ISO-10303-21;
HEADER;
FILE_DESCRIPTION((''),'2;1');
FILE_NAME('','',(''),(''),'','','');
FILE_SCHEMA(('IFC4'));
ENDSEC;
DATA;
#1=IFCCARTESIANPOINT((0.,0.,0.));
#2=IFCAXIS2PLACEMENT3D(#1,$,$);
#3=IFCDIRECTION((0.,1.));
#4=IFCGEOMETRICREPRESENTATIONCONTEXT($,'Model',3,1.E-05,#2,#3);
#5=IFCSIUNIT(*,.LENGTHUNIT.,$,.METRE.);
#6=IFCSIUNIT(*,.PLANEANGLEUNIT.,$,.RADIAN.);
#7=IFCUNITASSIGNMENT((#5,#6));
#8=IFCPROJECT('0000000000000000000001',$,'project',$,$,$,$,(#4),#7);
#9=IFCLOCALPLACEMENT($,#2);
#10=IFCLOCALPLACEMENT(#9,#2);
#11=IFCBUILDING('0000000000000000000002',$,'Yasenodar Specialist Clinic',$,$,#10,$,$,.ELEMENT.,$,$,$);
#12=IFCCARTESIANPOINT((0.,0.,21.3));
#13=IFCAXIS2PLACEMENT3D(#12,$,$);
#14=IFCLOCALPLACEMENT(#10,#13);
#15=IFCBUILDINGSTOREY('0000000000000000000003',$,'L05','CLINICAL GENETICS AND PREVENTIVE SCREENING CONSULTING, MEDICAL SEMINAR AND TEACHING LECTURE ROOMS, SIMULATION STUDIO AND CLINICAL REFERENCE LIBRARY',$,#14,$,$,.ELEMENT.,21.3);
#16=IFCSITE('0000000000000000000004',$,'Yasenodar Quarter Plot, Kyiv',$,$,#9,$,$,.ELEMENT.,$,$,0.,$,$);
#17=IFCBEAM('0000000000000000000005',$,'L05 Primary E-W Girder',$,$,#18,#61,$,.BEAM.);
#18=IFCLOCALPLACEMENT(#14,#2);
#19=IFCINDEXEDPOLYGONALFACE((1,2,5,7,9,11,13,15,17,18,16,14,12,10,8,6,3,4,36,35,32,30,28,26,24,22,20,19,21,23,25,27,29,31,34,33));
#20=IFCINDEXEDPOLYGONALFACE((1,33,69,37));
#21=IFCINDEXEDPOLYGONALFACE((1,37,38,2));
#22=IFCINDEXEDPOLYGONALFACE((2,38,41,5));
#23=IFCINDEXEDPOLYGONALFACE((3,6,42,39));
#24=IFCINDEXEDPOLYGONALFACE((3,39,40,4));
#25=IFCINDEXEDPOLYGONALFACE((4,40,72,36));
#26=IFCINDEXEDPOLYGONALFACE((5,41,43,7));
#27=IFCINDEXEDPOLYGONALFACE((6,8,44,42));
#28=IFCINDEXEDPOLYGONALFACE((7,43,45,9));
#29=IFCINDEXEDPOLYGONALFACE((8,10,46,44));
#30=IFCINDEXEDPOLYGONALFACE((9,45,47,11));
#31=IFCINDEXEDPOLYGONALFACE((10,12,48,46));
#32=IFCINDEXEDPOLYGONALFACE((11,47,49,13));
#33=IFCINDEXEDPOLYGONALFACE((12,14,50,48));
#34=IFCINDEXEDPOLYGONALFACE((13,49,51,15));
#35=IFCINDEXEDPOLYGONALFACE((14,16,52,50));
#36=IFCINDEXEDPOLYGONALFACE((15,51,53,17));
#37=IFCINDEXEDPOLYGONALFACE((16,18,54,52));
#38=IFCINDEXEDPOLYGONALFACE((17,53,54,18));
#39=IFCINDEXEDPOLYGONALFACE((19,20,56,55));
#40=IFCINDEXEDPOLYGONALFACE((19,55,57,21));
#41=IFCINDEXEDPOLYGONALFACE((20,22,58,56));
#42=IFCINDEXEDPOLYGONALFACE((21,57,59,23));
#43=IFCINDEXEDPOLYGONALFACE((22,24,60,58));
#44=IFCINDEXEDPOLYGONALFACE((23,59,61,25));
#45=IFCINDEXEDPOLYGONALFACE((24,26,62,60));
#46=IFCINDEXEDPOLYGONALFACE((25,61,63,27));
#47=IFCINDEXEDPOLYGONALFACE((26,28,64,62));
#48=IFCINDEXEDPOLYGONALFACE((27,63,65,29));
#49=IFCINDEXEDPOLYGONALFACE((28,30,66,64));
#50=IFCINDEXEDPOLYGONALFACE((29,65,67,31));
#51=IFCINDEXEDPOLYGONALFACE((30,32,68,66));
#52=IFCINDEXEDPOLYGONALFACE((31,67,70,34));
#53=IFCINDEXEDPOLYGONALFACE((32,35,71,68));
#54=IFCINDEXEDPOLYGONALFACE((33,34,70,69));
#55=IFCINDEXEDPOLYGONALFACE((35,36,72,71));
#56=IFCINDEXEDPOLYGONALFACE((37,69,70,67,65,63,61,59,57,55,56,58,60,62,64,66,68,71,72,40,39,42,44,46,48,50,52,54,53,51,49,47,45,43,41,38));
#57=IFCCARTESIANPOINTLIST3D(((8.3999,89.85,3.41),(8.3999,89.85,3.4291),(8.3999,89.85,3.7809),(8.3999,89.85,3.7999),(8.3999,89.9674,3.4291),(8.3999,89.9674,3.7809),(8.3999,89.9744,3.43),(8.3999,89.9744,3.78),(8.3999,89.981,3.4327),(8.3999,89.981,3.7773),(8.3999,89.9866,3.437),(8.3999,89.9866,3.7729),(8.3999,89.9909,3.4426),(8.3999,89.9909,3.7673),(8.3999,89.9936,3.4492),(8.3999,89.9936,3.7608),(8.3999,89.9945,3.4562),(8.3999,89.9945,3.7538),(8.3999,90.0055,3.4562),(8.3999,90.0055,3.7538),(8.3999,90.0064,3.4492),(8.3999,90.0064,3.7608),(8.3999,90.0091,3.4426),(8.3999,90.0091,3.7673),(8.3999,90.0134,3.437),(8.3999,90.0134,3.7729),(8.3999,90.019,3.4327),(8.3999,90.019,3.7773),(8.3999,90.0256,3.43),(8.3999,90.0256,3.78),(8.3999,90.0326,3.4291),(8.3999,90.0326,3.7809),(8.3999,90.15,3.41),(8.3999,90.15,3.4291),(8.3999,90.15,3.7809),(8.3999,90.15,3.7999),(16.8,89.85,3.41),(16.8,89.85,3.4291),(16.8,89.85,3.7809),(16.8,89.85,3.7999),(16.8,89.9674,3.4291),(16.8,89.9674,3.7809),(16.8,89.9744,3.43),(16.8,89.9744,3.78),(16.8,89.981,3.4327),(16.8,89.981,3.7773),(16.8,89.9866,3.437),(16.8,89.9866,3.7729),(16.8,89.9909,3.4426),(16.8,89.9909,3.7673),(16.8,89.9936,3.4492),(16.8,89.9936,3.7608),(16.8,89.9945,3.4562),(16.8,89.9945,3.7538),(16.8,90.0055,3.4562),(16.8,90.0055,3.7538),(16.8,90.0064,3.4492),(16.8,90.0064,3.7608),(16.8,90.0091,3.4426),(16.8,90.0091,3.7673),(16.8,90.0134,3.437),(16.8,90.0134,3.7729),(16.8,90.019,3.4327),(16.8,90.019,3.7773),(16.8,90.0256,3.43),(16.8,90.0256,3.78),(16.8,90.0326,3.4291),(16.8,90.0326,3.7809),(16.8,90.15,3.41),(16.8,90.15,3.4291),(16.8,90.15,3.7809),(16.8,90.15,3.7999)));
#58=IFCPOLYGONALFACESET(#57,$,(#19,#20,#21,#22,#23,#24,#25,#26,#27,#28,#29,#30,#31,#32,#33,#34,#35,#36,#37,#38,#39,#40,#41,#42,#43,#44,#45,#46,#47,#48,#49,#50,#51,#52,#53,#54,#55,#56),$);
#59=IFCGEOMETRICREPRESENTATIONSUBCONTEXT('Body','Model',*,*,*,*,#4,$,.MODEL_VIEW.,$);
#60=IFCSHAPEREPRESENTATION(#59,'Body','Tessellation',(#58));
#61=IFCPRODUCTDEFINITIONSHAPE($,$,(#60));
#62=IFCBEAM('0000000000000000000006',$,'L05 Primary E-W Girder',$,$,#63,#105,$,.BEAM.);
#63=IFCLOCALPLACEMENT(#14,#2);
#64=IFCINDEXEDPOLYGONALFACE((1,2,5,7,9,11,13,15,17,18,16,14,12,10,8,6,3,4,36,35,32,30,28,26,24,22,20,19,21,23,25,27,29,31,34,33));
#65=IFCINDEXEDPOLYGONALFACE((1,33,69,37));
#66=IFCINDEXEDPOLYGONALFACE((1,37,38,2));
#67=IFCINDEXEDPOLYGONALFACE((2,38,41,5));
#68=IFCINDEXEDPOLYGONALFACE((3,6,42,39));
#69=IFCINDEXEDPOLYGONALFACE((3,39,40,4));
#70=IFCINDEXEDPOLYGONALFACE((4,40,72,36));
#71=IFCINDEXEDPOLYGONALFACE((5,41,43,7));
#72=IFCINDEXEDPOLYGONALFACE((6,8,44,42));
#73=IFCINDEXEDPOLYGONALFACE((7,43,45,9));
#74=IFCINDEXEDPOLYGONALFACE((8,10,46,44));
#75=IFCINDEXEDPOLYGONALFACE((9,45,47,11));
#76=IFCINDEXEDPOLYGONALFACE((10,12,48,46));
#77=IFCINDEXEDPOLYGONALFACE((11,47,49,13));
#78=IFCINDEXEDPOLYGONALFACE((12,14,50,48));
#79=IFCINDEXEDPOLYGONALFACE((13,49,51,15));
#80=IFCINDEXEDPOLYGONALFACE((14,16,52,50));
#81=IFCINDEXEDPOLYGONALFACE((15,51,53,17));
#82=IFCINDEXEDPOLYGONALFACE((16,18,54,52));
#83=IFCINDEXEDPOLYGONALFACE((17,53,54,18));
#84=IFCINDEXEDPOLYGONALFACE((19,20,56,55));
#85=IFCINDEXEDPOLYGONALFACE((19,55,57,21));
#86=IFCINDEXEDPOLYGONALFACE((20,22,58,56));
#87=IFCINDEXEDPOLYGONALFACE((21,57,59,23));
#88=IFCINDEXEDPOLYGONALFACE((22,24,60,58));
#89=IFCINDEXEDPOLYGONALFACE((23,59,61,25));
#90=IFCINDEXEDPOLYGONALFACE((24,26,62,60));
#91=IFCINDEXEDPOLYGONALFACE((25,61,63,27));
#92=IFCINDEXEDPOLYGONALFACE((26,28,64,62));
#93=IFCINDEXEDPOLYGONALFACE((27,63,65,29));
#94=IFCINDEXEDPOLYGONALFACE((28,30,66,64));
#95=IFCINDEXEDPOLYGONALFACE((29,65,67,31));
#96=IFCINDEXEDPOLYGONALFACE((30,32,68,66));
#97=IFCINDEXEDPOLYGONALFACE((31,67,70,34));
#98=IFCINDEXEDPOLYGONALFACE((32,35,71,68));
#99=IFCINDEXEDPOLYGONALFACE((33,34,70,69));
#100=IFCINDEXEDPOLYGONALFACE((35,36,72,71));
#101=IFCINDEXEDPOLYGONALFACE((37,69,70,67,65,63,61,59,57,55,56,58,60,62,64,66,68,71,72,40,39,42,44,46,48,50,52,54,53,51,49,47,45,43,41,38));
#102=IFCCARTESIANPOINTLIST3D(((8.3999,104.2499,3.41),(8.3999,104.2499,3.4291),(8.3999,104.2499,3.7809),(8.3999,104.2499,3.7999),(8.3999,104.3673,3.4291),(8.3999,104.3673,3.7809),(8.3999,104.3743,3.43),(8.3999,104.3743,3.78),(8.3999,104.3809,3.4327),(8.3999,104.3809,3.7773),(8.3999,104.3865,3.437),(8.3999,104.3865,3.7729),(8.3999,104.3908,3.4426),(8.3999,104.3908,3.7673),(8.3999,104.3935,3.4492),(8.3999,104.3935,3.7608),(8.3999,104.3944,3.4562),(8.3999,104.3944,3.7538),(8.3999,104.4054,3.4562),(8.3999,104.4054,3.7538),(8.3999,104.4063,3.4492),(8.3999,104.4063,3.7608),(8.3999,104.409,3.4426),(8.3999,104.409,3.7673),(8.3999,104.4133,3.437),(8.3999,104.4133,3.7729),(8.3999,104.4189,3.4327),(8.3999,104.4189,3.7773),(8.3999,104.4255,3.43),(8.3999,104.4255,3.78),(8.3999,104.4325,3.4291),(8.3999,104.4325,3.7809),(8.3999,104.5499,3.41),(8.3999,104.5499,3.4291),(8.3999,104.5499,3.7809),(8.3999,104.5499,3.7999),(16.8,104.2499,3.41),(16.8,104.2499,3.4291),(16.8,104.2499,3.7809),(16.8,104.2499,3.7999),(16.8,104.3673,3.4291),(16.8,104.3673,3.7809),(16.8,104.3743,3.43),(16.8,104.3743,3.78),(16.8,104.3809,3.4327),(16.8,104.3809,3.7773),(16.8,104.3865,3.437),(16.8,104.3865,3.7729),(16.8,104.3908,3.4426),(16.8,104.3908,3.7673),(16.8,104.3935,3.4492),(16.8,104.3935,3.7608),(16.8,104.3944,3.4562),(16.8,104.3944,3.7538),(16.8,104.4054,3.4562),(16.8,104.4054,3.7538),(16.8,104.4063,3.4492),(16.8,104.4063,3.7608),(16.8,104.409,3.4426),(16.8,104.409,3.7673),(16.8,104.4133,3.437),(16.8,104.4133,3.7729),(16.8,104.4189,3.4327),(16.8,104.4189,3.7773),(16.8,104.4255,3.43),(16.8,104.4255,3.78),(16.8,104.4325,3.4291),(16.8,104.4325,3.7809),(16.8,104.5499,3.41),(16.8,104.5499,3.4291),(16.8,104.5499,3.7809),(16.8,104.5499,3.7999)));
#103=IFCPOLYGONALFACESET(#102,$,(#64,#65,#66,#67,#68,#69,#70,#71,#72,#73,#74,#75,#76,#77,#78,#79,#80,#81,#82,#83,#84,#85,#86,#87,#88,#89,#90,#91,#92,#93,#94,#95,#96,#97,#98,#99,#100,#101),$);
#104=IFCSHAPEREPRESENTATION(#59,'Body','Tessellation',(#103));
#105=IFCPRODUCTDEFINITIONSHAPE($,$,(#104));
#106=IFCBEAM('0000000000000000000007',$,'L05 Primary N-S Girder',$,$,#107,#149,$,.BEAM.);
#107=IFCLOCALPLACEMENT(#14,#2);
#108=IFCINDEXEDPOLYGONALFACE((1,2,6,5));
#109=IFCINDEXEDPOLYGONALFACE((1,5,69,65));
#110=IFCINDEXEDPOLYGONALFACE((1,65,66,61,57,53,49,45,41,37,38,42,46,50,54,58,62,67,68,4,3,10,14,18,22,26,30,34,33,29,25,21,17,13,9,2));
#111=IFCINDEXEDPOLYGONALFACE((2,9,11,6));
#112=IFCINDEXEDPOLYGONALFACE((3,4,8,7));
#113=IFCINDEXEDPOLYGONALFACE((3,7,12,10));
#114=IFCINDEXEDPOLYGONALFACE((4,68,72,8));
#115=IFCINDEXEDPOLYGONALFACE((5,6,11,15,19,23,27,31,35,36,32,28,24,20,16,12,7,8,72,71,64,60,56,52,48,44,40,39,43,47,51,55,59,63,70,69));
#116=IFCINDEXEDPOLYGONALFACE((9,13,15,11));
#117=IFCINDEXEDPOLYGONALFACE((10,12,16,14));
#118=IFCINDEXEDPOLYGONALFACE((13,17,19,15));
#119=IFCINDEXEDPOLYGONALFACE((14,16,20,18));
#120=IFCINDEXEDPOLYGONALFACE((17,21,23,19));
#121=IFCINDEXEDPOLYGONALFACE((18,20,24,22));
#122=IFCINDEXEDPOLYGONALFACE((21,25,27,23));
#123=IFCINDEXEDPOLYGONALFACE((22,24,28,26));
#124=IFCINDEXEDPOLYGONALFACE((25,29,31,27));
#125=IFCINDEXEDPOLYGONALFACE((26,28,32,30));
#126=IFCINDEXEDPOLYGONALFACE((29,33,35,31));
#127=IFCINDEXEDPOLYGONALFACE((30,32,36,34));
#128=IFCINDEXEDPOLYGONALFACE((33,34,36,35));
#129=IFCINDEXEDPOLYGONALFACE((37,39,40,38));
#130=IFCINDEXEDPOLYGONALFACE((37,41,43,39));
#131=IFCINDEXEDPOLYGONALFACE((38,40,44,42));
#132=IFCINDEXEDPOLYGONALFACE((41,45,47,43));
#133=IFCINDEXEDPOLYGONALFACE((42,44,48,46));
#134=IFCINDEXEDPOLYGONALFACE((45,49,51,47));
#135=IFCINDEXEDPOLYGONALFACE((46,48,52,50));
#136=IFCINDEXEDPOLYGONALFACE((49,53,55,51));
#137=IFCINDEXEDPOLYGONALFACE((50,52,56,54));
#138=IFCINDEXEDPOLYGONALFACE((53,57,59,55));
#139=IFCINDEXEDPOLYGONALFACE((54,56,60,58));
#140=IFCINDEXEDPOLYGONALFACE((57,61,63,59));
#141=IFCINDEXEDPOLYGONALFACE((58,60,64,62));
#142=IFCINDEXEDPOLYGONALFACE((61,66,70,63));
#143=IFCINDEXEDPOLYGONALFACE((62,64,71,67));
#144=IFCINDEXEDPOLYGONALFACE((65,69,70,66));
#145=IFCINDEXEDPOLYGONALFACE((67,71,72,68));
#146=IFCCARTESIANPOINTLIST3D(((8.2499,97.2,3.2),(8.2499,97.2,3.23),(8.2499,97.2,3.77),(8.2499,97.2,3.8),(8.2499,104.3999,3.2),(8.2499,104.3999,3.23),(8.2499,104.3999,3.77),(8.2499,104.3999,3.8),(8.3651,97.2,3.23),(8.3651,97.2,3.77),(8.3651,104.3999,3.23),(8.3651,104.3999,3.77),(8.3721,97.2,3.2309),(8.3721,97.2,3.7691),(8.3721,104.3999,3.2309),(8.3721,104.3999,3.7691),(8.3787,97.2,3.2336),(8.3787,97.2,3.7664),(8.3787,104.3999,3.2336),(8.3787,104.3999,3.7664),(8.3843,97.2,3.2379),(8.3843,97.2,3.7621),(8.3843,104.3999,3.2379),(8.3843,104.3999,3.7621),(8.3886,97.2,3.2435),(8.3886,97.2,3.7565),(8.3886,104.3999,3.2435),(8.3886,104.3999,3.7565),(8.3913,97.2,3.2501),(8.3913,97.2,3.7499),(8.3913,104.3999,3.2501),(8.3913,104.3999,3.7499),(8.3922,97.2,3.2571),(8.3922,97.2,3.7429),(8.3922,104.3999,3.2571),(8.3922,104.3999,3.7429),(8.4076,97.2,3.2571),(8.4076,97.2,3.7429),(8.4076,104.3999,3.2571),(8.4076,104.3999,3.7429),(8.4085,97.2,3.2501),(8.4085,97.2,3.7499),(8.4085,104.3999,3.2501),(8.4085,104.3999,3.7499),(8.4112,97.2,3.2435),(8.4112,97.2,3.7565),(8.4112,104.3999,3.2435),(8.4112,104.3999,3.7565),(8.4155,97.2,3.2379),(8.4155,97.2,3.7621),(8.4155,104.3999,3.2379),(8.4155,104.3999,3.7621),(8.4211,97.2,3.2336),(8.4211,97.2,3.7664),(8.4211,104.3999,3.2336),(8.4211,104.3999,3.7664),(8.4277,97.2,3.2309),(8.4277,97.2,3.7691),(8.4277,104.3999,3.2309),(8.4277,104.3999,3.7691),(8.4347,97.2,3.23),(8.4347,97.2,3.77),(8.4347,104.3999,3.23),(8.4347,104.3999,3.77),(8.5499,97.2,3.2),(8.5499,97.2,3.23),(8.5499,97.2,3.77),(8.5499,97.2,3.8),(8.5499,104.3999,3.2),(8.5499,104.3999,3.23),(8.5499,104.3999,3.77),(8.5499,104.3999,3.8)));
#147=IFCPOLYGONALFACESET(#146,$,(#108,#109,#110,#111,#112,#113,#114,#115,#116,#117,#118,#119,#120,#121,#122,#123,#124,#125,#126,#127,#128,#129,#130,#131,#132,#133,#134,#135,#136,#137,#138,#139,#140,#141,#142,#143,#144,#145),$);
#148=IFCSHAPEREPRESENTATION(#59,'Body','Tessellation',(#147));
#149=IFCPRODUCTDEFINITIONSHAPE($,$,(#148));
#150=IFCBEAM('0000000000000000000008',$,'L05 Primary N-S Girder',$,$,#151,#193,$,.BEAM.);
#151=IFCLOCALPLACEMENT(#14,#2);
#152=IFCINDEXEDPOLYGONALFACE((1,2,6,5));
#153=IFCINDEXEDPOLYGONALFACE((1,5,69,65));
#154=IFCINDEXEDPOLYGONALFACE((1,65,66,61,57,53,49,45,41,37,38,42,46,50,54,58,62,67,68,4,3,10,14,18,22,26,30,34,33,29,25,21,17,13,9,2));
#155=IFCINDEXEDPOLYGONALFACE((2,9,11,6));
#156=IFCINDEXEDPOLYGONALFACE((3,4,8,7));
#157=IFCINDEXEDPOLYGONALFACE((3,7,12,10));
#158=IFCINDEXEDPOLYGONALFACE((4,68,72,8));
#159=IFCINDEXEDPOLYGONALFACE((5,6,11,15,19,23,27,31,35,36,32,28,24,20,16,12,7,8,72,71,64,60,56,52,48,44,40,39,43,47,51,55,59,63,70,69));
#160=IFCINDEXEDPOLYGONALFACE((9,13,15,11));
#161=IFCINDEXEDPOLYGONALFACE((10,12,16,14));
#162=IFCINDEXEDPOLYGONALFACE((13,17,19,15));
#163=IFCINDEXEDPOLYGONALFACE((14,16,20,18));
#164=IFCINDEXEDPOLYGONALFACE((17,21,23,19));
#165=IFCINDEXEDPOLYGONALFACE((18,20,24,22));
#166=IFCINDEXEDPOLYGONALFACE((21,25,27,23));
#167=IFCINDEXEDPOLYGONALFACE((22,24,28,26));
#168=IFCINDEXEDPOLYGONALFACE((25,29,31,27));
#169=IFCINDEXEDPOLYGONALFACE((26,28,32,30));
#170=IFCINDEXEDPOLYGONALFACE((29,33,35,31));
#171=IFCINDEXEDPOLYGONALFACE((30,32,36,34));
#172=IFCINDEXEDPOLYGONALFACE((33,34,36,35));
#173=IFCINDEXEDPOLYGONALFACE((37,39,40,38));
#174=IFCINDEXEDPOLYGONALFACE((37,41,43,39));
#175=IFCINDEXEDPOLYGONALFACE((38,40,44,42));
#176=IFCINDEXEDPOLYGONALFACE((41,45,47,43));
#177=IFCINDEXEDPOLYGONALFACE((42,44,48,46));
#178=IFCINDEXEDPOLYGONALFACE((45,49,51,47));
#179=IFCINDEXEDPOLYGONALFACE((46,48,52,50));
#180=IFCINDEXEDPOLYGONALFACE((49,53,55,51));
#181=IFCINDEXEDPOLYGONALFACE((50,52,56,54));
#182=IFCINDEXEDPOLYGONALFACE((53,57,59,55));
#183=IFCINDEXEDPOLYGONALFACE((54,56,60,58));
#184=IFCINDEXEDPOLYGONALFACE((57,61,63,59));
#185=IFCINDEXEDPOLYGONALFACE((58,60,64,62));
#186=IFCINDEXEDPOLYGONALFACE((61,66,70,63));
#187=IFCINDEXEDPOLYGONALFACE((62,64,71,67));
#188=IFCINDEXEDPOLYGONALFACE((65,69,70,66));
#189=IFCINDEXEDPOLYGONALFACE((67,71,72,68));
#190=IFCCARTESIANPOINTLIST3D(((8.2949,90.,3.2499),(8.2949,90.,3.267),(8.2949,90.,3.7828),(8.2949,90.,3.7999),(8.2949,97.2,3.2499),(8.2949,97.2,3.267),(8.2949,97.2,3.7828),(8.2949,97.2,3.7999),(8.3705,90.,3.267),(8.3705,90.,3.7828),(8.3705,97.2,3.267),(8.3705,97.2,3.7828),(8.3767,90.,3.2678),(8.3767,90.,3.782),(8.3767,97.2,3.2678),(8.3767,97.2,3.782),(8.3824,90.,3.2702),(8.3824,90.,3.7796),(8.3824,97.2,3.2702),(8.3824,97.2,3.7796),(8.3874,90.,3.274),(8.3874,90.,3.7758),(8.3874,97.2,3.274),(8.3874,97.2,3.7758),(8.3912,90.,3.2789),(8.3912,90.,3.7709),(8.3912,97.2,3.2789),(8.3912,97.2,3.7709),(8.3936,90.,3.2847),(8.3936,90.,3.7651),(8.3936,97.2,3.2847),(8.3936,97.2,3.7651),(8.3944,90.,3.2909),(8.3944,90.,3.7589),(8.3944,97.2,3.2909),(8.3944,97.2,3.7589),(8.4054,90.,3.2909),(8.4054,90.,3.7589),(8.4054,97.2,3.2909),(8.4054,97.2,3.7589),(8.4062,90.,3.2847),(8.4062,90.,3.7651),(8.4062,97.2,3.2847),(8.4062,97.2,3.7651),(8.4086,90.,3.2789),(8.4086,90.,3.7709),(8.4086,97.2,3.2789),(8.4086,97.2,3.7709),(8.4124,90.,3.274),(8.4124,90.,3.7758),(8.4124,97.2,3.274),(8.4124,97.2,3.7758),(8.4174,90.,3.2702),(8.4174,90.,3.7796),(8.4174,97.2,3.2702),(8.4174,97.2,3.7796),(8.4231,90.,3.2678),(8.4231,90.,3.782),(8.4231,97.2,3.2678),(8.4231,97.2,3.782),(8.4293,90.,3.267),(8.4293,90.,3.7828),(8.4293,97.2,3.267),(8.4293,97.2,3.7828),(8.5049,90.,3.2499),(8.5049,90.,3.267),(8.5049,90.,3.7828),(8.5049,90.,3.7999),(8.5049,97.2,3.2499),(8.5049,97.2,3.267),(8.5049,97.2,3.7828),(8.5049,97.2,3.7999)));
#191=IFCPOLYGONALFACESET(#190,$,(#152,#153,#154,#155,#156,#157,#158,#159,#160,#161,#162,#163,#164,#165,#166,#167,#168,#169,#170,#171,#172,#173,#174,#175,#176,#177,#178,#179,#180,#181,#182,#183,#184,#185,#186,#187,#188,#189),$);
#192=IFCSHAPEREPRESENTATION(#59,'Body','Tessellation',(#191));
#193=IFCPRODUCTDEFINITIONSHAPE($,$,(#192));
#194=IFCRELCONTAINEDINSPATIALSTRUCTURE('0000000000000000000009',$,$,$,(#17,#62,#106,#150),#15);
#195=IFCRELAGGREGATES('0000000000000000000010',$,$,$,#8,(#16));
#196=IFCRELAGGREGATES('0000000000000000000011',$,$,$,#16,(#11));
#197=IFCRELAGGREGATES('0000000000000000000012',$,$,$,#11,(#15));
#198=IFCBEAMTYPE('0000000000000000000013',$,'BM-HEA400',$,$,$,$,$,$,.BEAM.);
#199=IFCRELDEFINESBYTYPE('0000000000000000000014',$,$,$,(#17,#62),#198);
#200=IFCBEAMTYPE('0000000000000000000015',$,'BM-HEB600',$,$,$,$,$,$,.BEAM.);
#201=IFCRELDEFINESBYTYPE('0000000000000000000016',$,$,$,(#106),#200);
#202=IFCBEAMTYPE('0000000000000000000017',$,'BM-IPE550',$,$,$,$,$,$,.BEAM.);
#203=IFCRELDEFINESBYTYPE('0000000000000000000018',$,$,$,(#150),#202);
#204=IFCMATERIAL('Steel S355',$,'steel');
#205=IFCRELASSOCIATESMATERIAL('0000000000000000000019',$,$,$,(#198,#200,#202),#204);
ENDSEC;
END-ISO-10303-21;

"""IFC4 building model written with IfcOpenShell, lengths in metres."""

from ifc_helpers import new_model, si_unit, direction, frame, origin, origin_2d, place, context, subcontext, project, spatial, i_section, extrude, material, material_profile, profile_set, type_object, element, save


model = new_model("IFC4")

# Units and contexts
model_context = context("Model", 3, precision=1e-05, world=origin(), true_north=direction((0.0, 1.0)))
body_context = subcontext(model_context, "Body", "Model", "MODEL_VIEW")
ifc_project = project(units=[si_unit("LENGTHUNIT", "METRE"), si_unit("PLANEANGLEUNIT", "RADIAN")], contexts=[model_context])

# Site, building, storey
site_placement = place(None, origin())
site = spatial("IfcSite", under=ifc_project, at=site_placement, Name="Yasenodar Quarter Plot, Kyiv", CompositionType="ELEMENT", RefElevation=0.0)
building_placement = place(site_placement, origin())
building = spatial("IfcBuilding", under=site, at=building_placement, Name="Yasenodar Specialist Clinic", CompositionType="ELEMENT")
storey_placement = place(building_placement, frame((0.0, 0.0, 21.3)))
storey = spatial("IfcBuildingStorey", under=building, at=storey_placement, Name="L05", Description="CLINICAL GENETICS AND PREVENTIVE SCREENING CONSULTING, MEDICAL SEMINAR AND TEACHING LECTURE ROOMS, SIMULATION STUDIO AND CLINICAL REFERENCE LIBRARY", CompositionType="ELEMENT", Elevation=21.3)

# Shared definitions
ifc_material_1 = material(Name="Steel S355", Category="steel")

# Beams
ifc_material_profile_1 = material_profile(ifc_material_1, i_section(OverallWidth=0.3, OverallDepth=0.3899, WebThickness=0.011, FlangeThickness=0.019, FilletRadius=0.0271, at=origin_2d()), Name="HEA 400")
ifc_profile_set_1 = profile_set([ifc_material_profile_1], Name="Steel S355")
beam_type_1 = type_object("IfcBeamType", Name="BM-HEA400", PredefinedType="BEAM", material=ifc_profile_set_1)
for number, where, z_axis, x_axis, name in (
    (1, (8.3999, 90.0, 3.605), (1.0, 0.0, 0.0), (0.0, 1.0, 0.0), "L05 Primary E-W Girder"),
    (2, (8.3999, 104.3999, 3.605), (1.0, 0.0, 0.0), (0.0, 1.0, 0.0), "L05 Primary E-W Girder"),
):
    element("IfcBeam", number, at=place(storey_placement, frame(where, z_axis=z_axis, x_axis=x_axis)), inside=storey, type_object=beam_type_1, Name=name, PredefinedType="BEAM", context=body_context, shape_type="SweptSolid", body=[
        extrude(i_section(OverallWidth=0.3, OverallDepth=0.3899, WebThickness=0.011, FlangeThickness=0.019, FilletRadius=0.0271, at=origin_2d()), origin(), (0.0, 0.0, 1.0), 8.4001),
    ])
ifc_material_profile_2 = material_profile(ifc_material_1, i_section(OverallWidth=0.3, OverallDepth=0.6001, WebThickness=0.0154, FlangeThickness=0.03, FilletRadius=0.0271, at=origin_2d()), Name="HEB 600")
ifc_profile_set_2 = profile_set([ifc_material_profile_2], Name="Steel S355")
beam_type_2 = type_object("IfcBeamType", Name="BM-HEB600", PredefinedType="BEAM", material=ifc_profile_set_2)
beam_1_placement = place(storey_placement, frame((8.3999, 97.2, 3.5), z_axis=(0.0, 1.0, 0.0), x_axis=(-1.0, 0.0, 0.0)))
element("IfcBeam", 3, at=beam_1_placement, inside=storey, type_object=beam_type_2, Name="L05 Primary N-S Girder", PredefinedType="BEAM", context=body_context, shape_type="SweptSolid", body=[
    extrude(i_section(OverallWidth=0.3, OverallDepth=0.6001, WebThickness=0.0154, FlangeThickness=0.03, FilletRadius=0.0271, at=origin_2d()), origin(), (0.0, 0.0, 1.0), 7.2),
])
ifc_material_profile_3 = material_profile(ifc_material_1, i_section(OverallWidth=0.21, OverallDepth=0.55, WebThickness=0.011, FlangeThickness=0.0171, FilletRadius=0.0239, at=origin_2d()), Name="IPE 550")
ifc_profile_set_3 = profile_set([ifc_material_profile_3], Name="Steel S355")
beam_type_3 = type_object("IfcBeamType", Name="BM-IPE550", PredefinedType="BEAM", material=ifc_profile_set_3)
beam_2_placement = place(storey_placement, frame((8.3999, 90.0, 3.5249), z_axis=(0.0, 1.0, 0.0), x_axis=(-1.0, 0.0, 0.0)))
element("IfcBeam", 4, at=beam_2_placement, inside=storey, type_object=beam_type_3, Name="L05 Primary N-S Girder", PredefinedType="BEAM", context=body_context, shape_type="SweptSolid", body=[
    extrude(i_section(OverallWidth=0.21, OverallDepth=0.55, WebThickness=0.011, FlangeThickness=0.0171, FilletRadius=0.0239, at=origin_2d()), origin(), (0.0, 0.0, 1.0), 7.2),
])

save(model, "model.ifc")
